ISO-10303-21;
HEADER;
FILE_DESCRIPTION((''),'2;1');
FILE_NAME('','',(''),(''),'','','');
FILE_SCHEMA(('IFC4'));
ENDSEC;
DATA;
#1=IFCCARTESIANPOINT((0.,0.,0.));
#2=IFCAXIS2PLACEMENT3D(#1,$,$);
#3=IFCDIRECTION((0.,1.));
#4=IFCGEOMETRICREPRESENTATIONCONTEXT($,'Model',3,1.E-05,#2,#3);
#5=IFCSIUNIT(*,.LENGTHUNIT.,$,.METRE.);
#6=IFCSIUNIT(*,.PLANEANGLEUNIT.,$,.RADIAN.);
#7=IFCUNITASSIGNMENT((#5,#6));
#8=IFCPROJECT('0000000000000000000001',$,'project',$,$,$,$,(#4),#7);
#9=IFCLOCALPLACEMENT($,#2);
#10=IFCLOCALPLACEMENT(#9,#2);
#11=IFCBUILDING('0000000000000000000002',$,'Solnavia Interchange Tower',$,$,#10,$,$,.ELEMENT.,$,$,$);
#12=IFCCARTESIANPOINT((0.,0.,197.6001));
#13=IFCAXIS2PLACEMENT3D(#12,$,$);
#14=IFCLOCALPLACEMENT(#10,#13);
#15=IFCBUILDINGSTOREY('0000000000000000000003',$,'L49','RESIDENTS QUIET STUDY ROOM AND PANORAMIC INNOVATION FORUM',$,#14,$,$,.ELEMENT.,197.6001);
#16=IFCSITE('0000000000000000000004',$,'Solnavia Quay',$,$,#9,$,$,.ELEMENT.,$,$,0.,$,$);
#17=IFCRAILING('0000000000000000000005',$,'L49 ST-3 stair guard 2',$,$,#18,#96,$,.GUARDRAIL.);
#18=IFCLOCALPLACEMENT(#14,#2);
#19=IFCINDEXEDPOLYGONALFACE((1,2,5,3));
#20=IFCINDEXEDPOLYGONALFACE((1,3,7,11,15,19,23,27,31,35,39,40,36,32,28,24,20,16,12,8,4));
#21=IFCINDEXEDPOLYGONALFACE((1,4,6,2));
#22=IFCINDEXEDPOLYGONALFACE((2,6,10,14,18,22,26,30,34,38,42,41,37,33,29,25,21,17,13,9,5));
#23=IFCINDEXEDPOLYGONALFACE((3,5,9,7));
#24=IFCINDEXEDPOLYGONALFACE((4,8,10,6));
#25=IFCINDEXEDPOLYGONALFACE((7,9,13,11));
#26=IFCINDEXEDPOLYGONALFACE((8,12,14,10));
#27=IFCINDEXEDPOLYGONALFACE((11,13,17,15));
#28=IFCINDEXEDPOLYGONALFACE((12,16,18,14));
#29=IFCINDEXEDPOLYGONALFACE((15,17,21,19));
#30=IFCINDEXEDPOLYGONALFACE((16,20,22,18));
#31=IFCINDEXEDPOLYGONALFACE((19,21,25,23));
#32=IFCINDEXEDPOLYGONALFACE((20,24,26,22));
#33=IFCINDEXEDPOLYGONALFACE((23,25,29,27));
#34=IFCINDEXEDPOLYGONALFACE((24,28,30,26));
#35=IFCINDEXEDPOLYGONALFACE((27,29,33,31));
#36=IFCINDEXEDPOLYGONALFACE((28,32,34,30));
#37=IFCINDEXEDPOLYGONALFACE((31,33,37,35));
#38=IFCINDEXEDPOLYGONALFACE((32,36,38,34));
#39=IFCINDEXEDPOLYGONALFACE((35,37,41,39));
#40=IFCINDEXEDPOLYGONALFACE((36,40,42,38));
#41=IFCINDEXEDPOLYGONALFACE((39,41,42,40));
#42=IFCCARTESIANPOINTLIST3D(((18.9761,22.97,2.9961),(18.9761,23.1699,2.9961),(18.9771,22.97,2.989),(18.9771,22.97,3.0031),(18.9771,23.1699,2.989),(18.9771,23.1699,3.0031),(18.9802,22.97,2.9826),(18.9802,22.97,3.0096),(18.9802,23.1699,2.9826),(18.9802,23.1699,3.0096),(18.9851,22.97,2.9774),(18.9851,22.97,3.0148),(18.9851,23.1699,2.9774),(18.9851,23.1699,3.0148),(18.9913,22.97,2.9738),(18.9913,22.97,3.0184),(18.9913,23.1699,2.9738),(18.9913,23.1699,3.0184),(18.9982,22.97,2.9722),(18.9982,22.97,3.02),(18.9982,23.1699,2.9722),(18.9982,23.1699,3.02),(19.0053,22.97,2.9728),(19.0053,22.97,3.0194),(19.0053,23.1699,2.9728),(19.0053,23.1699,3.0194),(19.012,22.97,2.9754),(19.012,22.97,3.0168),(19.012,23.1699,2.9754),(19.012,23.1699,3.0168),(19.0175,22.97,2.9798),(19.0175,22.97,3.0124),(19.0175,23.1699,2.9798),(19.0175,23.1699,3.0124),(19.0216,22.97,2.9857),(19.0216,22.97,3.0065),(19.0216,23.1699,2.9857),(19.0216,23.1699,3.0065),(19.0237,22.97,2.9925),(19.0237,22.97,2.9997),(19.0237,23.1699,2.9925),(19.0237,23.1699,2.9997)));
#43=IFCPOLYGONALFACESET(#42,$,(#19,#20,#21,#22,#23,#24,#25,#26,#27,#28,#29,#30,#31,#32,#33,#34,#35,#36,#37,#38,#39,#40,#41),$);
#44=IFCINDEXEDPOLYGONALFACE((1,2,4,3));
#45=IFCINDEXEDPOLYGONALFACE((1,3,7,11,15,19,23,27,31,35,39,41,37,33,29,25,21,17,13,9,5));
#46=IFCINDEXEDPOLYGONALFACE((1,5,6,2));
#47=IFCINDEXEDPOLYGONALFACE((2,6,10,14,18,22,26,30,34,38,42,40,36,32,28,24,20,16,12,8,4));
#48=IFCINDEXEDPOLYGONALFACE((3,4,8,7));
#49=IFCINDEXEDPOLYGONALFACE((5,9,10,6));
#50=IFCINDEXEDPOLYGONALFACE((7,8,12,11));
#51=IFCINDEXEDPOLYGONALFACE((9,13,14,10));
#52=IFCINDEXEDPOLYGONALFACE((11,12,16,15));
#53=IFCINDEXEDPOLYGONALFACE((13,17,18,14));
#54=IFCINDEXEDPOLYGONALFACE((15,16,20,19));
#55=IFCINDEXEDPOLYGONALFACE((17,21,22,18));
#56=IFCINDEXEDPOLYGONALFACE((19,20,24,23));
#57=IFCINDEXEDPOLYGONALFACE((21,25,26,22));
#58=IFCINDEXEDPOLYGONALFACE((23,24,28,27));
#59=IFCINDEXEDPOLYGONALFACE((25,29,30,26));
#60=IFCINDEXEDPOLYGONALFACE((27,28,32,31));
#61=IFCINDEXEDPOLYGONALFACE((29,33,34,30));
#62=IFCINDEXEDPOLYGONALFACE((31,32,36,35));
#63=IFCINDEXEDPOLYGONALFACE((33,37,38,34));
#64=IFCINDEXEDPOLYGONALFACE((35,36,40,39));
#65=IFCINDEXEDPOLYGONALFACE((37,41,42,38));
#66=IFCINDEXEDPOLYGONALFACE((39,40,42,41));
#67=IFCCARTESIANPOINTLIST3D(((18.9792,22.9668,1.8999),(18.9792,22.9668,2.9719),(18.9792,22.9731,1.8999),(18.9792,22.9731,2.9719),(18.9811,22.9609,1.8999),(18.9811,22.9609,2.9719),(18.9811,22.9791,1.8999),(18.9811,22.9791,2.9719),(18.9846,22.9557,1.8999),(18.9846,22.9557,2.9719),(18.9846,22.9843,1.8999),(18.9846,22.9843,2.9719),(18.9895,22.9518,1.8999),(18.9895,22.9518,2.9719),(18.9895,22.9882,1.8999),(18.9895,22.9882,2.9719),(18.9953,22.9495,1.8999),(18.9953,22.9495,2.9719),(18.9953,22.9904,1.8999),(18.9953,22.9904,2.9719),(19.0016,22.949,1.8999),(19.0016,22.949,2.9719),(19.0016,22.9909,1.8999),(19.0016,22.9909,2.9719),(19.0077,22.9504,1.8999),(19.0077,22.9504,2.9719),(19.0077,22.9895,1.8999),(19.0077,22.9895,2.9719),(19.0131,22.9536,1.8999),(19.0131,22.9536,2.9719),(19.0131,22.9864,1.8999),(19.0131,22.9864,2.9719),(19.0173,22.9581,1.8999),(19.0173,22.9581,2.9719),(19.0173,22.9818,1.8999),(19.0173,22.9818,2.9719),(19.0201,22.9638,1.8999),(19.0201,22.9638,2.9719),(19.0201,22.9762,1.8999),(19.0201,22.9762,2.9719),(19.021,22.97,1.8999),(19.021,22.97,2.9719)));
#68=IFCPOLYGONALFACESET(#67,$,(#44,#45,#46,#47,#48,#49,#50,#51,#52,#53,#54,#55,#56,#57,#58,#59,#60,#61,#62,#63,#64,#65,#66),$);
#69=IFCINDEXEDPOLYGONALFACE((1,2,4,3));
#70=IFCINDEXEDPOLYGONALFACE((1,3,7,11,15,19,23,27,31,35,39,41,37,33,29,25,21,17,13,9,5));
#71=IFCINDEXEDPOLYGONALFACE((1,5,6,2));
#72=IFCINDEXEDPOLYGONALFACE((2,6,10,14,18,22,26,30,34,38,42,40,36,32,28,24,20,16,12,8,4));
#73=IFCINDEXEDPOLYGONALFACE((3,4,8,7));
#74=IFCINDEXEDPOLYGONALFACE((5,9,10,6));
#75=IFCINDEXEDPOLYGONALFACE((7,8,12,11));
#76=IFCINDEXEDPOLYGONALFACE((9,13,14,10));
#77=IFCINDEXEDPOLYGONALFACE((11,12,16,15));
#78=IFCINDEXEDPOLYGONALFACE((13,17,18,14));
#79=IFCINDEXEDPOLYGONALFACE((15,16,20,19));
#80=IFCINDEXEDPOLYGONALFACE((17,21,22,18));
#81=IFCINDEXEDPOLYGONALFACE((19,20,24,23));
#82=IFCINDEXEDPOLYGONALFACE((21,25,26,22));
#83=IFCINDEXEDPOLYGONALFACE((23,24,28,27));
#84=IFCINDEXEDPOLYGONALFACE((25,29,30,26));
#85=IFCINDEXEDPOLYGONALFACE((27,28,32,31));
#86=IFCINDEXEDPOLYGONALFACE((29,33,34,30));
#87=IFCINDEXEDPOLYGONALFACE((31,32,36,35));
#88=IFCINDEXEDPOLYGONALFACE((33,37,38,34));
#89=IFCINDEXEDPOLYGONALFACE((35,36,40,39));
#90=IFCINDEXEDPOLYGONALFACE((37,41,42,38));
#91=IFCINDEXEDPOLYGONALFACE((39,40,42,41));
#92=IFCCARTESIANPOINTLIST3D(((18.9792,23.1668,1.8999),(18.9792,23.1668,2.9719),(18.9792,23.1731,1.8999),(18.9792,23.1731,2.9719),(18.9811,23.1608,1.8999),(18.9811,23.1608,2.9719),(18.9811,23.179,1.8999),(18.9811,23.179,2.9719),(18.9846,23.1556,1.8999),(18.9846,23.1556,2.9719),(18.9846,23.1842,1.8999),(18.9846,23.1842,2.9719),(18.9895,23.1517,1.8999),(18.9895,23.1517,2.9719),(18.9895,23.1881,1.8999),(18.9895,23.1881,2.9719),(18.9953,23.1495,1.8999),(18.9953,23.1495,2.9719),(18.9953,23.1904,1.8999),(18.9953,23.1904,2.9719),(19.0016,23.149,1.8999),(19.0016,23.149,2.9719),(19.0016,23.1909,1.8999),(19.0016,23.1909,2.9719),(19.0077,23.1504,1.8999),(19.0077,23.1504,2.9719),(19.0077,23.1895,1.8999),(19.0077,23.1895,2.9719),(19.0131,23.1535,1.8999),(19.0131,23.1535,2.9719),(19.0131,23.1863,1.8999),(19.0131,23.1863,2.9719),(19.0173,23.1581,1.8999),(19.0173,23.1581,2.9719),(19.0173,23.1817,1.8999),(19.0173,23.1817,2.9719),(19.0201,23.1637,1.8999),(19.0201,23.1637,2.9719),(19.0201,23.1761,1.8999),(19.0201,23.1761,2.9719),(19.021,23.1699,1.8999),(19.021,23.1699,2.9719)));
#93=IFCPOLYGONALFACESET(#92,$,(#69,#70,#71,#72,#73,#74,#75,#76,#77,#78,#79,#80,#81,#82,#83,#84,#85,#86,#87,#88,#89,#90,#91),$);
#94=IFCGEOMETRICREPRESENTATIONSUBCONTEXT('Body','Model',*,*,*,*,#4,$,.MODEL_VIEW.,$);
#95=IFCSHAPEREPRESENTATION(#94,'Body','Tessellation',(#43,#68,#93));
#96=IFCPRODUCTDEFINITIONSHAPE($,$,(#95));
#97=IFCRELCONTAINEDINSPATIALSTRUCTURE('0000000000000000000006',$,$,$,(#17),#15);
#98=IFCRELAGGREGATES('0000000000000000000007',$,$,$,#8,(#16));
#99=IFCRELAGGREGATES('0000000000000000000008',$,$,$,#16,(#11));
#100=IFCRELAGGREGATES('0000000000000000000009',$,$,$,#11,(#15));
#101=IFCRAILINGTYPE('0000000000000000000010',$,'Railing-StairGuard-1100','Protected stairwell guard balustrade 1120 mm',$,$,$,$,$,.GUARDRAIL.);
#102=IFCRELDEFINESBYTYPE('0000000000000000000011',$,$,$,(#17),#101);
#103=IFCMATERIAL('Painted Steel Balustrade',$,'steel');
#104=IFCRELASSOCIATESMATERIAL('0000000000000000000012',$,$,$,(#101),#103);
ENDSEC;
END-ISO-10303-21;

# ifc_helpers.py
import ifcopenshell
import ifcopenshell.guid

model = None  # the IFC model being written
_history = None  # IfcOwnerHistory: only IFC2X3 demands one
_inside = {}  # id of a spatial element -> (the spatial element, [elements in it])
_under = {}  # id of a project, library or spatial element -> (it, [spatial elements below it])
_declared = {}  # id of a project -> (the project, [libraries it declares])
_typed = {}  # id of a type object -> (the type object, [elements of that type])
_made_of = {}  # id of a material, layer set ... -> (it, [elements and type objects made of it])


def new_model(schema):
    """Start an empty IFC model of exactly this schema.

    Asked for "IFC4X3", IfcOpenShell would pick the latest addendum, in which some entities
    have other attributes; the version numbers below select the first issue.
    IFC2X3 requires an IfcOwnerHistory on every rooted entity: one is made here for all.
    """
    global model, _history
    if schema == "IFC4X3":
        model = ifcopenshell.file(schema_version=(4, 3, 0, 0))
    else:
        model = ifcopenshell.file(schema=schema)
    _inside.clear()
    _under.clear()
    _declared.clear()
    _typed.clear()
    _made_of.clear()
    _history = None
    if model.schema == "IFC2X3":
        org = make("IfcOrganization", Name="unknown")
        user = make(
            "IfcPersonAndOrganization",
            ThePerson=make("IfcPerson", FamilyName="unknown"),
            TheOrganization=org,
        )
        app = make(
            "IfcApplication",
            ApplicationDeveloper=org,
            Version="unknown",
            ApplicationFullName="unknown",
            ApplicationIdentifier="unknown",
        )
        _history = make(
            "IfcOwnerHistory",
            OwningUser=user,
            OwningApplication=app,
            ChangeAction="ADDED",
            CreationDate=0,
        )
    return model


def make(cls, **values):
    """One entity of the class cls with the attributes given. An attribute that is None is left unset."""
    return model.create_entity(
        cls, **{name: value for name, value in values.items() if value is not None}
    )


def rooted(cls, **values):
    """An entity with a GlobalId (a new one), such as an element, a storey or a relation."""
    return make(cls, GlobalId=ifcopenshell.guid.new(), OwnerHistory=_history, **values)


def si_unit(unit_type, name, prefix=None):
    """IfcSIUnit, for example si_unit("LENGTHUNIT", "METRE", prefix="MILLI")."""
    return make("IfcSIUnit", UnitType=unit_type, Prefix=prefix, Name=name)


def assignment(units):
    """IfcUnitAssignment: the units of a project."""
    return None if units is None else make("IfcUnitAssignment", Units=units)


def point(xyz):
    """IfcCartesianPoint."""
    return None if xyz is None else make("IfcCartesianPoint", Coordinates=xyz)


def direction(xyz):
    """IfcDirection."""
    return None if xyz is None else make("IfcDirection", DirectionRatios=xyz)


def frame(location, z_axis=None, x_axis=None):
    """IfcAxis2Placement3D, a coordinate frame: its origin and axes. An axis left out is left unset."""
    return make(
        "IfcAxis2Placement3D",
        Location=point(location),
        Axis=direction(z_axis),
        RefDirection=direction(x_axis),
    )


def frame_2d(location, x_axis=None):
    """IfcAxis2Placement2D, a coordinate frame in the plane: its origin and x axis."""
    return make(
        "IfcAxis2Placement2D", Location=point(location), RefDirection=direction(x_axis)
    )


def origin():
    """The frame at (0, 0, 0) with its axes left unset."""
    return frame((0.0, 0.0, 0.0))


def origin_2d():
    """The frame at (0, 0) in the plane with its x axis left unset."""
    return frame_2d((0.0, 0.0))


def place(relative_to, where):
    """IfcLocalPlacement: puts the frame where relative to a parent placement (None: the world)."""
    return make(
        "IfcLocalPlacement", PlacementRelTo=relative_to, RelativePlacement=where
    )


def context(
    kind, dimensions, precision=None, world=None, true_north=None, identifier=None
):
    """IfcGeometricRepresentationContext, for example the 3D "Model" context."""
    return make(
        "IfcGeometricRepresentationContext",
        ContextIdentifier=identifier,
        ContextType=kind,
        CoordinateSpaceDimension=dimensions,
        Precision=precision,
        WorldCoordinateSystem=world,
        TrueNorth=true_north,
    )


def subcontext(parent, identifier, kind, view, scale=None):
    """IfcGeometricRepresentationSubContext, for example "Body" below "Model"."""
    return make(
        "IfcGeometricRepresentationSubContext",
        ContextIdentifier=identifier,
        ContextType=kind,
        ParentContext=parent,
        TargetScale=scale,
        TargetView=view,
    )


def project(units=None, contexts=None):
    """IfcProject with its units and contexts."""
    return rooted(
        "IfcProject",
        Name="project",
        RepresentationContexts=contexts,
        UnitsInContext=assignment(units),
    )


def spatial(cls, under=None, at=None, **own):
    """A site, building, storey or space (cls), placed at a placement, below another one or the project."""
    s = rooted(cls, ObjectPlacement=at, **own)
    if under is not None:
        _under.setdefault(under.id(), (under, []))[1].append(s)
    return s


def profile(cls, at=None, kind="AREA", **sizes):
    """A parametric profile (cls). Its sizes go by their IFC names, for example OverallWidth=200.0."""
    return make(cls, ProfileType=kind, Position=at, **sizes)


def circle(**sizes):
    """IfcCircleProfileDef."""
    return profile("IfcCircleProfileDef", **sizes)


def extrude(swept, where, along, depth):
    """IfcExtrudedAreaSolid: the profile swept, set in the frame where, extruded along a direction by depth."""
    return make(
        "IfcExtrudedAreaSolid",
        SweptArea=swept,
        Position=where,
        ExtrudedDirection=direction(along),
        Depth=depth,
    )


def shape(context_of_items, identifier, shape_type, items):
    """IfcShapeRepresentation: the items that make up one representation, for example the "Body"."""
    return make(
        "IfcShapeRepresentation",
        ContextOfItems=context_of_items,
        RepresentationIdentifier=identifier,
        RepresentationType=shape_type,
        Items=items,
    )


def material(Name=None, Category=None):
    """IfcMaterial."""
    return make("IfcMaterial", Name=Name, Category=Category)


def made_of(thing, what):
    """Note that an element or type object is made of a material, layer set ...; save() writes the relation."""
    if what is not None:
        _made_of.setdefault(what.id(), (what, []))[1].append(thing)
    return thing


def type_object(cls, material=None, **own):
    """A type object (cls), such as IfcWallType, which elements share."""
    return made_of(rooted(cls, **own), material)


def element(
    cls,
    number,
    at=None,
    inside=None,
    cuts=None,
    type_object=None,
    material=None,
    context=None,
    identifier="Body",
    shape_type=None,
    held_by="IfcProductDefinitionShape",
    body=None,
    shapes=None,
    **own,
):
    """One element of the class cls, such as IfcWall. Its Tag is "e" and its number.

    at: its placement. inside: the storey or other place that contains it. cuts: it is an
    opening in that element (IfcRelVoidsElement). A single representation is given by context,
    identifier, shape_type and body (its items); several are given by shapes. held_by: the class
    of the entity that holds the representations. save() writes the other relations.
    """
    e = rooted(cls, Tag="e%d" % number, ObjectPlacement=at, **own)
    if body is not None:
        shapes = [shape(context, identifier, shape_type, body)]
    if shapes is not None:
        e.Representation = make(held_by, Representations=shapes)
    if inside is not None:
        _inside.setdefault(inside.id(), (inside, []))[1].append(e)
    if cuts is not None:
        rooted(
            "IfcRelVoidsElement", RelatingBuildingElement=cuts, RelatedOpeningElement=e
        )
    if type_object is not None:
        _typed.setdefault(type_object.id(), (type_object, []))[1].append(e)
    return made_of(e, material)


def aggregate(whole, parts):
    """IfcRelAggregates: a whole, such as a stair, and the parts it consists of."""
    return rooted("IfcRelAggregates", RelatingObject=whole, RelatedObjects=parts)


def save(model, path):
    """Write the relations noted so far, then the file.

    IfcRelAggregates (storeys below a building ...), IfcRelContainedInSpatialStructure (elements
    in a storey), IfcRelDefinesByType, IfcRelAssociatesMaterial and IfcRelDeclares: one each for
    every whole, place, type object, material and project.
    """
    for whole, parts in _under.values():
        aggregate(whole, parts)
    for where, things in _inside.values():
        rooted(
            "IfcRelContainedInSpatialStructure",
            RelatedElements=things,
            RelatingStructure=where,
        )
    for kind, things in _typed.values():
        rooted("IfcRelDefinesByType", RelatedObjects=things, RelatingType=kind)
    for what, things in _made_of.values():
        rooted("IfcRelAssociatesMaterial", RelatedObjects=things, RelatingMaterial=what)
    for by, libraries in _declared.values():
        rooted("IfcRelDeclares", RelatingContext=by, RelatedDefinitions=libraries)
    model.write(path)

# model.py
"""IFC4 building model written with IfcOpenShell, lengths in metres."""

from ifc_helpers import new_model, si_unit, direction, frame, origin, origin_2d, place, context, subcontext, project, spatial, circle, extrude, material, type_object, element, save


model = new_model("IFC4")

# Units and contexts
model_context = context("Model", 3, precision=1e-05, world=origin(), true_north=direction((0.0, 1.0)))
body_context = subcontext(model_context, "Body", "Model", "MODEL_VIEW")
ifc_project = project(units=[si_unit("LENGTHUNIT", "METRE"), si_unit("PLANEANGLEUNIT", "RADIAN")], contexts=[model_context])

# Site, building, storey
site_placement = place(None, origin())
site = spatial("IfcSite", under=ifc_project, at=site_placement, Name="Solnavia Quay", CompositionType="ELEMENT", RefElevation=0.0)
building_placement = place(site_placement, origin())
building = spatial("IfcBuilding", under=site, at=building_placement, Name="Solnavia Interchange Tower", CompositionType="ELEMENT")
storey_placement = place(building_placement, frame((0.0, 0.0, 197.6001)))
storey = spatial("IfcBuildingStorey", under=building, at=storey_placement, Name="L49", Description="RESIDENTS QUIET STUDY ROOM AND PANORAMIC INNOVATION FORUM", CompositionType="ELEMENT", Elevation=197.6001)

# Railing
ifc_material_1 = material(Name="Painted Steel Balustrade", Category="steel")
railing_type_1 = type_object("IfcRailingType", Name="Railing-StairGuard-1100", Description="Protected stairwell guard balustrade 1120 mm", PredefinedType="GUARDRAIL", material=ifc_material_1)
railing_1_placement = place(storey_placement, frame((19.0, 22.97, 1.8999)))
element("IfcRailing", 1, at=railing_1_placement, inside=storey, type_object=railing_type_1, Name="L49 ST-3 stair guard 2", PredefinedType="GUARDRAIL", context=body_context, shape_type="SweptSolid", body=[
    extrude(circle(Radius=0.0239, at=origin_2d()), frame((0.0, 0.0, 1.0962), z_axis=(0.0, 1.0, 0.0), x_axis=(-1.0, 0.0, 0.0)), (0.0, 0.0, 1.0), 0.2),
    extrude(circle(Radius=0.021, at=origin_2d()), origin(), (0.0, 0.0, 1.0), 1.072),
    extrude(circle(Radius=0.021, at=origin_2d()), frame((0.0, 0.2, 0.0)), (0.0, 0.0, 1.0), 1.072),
])

save(model, "model.ifc")
